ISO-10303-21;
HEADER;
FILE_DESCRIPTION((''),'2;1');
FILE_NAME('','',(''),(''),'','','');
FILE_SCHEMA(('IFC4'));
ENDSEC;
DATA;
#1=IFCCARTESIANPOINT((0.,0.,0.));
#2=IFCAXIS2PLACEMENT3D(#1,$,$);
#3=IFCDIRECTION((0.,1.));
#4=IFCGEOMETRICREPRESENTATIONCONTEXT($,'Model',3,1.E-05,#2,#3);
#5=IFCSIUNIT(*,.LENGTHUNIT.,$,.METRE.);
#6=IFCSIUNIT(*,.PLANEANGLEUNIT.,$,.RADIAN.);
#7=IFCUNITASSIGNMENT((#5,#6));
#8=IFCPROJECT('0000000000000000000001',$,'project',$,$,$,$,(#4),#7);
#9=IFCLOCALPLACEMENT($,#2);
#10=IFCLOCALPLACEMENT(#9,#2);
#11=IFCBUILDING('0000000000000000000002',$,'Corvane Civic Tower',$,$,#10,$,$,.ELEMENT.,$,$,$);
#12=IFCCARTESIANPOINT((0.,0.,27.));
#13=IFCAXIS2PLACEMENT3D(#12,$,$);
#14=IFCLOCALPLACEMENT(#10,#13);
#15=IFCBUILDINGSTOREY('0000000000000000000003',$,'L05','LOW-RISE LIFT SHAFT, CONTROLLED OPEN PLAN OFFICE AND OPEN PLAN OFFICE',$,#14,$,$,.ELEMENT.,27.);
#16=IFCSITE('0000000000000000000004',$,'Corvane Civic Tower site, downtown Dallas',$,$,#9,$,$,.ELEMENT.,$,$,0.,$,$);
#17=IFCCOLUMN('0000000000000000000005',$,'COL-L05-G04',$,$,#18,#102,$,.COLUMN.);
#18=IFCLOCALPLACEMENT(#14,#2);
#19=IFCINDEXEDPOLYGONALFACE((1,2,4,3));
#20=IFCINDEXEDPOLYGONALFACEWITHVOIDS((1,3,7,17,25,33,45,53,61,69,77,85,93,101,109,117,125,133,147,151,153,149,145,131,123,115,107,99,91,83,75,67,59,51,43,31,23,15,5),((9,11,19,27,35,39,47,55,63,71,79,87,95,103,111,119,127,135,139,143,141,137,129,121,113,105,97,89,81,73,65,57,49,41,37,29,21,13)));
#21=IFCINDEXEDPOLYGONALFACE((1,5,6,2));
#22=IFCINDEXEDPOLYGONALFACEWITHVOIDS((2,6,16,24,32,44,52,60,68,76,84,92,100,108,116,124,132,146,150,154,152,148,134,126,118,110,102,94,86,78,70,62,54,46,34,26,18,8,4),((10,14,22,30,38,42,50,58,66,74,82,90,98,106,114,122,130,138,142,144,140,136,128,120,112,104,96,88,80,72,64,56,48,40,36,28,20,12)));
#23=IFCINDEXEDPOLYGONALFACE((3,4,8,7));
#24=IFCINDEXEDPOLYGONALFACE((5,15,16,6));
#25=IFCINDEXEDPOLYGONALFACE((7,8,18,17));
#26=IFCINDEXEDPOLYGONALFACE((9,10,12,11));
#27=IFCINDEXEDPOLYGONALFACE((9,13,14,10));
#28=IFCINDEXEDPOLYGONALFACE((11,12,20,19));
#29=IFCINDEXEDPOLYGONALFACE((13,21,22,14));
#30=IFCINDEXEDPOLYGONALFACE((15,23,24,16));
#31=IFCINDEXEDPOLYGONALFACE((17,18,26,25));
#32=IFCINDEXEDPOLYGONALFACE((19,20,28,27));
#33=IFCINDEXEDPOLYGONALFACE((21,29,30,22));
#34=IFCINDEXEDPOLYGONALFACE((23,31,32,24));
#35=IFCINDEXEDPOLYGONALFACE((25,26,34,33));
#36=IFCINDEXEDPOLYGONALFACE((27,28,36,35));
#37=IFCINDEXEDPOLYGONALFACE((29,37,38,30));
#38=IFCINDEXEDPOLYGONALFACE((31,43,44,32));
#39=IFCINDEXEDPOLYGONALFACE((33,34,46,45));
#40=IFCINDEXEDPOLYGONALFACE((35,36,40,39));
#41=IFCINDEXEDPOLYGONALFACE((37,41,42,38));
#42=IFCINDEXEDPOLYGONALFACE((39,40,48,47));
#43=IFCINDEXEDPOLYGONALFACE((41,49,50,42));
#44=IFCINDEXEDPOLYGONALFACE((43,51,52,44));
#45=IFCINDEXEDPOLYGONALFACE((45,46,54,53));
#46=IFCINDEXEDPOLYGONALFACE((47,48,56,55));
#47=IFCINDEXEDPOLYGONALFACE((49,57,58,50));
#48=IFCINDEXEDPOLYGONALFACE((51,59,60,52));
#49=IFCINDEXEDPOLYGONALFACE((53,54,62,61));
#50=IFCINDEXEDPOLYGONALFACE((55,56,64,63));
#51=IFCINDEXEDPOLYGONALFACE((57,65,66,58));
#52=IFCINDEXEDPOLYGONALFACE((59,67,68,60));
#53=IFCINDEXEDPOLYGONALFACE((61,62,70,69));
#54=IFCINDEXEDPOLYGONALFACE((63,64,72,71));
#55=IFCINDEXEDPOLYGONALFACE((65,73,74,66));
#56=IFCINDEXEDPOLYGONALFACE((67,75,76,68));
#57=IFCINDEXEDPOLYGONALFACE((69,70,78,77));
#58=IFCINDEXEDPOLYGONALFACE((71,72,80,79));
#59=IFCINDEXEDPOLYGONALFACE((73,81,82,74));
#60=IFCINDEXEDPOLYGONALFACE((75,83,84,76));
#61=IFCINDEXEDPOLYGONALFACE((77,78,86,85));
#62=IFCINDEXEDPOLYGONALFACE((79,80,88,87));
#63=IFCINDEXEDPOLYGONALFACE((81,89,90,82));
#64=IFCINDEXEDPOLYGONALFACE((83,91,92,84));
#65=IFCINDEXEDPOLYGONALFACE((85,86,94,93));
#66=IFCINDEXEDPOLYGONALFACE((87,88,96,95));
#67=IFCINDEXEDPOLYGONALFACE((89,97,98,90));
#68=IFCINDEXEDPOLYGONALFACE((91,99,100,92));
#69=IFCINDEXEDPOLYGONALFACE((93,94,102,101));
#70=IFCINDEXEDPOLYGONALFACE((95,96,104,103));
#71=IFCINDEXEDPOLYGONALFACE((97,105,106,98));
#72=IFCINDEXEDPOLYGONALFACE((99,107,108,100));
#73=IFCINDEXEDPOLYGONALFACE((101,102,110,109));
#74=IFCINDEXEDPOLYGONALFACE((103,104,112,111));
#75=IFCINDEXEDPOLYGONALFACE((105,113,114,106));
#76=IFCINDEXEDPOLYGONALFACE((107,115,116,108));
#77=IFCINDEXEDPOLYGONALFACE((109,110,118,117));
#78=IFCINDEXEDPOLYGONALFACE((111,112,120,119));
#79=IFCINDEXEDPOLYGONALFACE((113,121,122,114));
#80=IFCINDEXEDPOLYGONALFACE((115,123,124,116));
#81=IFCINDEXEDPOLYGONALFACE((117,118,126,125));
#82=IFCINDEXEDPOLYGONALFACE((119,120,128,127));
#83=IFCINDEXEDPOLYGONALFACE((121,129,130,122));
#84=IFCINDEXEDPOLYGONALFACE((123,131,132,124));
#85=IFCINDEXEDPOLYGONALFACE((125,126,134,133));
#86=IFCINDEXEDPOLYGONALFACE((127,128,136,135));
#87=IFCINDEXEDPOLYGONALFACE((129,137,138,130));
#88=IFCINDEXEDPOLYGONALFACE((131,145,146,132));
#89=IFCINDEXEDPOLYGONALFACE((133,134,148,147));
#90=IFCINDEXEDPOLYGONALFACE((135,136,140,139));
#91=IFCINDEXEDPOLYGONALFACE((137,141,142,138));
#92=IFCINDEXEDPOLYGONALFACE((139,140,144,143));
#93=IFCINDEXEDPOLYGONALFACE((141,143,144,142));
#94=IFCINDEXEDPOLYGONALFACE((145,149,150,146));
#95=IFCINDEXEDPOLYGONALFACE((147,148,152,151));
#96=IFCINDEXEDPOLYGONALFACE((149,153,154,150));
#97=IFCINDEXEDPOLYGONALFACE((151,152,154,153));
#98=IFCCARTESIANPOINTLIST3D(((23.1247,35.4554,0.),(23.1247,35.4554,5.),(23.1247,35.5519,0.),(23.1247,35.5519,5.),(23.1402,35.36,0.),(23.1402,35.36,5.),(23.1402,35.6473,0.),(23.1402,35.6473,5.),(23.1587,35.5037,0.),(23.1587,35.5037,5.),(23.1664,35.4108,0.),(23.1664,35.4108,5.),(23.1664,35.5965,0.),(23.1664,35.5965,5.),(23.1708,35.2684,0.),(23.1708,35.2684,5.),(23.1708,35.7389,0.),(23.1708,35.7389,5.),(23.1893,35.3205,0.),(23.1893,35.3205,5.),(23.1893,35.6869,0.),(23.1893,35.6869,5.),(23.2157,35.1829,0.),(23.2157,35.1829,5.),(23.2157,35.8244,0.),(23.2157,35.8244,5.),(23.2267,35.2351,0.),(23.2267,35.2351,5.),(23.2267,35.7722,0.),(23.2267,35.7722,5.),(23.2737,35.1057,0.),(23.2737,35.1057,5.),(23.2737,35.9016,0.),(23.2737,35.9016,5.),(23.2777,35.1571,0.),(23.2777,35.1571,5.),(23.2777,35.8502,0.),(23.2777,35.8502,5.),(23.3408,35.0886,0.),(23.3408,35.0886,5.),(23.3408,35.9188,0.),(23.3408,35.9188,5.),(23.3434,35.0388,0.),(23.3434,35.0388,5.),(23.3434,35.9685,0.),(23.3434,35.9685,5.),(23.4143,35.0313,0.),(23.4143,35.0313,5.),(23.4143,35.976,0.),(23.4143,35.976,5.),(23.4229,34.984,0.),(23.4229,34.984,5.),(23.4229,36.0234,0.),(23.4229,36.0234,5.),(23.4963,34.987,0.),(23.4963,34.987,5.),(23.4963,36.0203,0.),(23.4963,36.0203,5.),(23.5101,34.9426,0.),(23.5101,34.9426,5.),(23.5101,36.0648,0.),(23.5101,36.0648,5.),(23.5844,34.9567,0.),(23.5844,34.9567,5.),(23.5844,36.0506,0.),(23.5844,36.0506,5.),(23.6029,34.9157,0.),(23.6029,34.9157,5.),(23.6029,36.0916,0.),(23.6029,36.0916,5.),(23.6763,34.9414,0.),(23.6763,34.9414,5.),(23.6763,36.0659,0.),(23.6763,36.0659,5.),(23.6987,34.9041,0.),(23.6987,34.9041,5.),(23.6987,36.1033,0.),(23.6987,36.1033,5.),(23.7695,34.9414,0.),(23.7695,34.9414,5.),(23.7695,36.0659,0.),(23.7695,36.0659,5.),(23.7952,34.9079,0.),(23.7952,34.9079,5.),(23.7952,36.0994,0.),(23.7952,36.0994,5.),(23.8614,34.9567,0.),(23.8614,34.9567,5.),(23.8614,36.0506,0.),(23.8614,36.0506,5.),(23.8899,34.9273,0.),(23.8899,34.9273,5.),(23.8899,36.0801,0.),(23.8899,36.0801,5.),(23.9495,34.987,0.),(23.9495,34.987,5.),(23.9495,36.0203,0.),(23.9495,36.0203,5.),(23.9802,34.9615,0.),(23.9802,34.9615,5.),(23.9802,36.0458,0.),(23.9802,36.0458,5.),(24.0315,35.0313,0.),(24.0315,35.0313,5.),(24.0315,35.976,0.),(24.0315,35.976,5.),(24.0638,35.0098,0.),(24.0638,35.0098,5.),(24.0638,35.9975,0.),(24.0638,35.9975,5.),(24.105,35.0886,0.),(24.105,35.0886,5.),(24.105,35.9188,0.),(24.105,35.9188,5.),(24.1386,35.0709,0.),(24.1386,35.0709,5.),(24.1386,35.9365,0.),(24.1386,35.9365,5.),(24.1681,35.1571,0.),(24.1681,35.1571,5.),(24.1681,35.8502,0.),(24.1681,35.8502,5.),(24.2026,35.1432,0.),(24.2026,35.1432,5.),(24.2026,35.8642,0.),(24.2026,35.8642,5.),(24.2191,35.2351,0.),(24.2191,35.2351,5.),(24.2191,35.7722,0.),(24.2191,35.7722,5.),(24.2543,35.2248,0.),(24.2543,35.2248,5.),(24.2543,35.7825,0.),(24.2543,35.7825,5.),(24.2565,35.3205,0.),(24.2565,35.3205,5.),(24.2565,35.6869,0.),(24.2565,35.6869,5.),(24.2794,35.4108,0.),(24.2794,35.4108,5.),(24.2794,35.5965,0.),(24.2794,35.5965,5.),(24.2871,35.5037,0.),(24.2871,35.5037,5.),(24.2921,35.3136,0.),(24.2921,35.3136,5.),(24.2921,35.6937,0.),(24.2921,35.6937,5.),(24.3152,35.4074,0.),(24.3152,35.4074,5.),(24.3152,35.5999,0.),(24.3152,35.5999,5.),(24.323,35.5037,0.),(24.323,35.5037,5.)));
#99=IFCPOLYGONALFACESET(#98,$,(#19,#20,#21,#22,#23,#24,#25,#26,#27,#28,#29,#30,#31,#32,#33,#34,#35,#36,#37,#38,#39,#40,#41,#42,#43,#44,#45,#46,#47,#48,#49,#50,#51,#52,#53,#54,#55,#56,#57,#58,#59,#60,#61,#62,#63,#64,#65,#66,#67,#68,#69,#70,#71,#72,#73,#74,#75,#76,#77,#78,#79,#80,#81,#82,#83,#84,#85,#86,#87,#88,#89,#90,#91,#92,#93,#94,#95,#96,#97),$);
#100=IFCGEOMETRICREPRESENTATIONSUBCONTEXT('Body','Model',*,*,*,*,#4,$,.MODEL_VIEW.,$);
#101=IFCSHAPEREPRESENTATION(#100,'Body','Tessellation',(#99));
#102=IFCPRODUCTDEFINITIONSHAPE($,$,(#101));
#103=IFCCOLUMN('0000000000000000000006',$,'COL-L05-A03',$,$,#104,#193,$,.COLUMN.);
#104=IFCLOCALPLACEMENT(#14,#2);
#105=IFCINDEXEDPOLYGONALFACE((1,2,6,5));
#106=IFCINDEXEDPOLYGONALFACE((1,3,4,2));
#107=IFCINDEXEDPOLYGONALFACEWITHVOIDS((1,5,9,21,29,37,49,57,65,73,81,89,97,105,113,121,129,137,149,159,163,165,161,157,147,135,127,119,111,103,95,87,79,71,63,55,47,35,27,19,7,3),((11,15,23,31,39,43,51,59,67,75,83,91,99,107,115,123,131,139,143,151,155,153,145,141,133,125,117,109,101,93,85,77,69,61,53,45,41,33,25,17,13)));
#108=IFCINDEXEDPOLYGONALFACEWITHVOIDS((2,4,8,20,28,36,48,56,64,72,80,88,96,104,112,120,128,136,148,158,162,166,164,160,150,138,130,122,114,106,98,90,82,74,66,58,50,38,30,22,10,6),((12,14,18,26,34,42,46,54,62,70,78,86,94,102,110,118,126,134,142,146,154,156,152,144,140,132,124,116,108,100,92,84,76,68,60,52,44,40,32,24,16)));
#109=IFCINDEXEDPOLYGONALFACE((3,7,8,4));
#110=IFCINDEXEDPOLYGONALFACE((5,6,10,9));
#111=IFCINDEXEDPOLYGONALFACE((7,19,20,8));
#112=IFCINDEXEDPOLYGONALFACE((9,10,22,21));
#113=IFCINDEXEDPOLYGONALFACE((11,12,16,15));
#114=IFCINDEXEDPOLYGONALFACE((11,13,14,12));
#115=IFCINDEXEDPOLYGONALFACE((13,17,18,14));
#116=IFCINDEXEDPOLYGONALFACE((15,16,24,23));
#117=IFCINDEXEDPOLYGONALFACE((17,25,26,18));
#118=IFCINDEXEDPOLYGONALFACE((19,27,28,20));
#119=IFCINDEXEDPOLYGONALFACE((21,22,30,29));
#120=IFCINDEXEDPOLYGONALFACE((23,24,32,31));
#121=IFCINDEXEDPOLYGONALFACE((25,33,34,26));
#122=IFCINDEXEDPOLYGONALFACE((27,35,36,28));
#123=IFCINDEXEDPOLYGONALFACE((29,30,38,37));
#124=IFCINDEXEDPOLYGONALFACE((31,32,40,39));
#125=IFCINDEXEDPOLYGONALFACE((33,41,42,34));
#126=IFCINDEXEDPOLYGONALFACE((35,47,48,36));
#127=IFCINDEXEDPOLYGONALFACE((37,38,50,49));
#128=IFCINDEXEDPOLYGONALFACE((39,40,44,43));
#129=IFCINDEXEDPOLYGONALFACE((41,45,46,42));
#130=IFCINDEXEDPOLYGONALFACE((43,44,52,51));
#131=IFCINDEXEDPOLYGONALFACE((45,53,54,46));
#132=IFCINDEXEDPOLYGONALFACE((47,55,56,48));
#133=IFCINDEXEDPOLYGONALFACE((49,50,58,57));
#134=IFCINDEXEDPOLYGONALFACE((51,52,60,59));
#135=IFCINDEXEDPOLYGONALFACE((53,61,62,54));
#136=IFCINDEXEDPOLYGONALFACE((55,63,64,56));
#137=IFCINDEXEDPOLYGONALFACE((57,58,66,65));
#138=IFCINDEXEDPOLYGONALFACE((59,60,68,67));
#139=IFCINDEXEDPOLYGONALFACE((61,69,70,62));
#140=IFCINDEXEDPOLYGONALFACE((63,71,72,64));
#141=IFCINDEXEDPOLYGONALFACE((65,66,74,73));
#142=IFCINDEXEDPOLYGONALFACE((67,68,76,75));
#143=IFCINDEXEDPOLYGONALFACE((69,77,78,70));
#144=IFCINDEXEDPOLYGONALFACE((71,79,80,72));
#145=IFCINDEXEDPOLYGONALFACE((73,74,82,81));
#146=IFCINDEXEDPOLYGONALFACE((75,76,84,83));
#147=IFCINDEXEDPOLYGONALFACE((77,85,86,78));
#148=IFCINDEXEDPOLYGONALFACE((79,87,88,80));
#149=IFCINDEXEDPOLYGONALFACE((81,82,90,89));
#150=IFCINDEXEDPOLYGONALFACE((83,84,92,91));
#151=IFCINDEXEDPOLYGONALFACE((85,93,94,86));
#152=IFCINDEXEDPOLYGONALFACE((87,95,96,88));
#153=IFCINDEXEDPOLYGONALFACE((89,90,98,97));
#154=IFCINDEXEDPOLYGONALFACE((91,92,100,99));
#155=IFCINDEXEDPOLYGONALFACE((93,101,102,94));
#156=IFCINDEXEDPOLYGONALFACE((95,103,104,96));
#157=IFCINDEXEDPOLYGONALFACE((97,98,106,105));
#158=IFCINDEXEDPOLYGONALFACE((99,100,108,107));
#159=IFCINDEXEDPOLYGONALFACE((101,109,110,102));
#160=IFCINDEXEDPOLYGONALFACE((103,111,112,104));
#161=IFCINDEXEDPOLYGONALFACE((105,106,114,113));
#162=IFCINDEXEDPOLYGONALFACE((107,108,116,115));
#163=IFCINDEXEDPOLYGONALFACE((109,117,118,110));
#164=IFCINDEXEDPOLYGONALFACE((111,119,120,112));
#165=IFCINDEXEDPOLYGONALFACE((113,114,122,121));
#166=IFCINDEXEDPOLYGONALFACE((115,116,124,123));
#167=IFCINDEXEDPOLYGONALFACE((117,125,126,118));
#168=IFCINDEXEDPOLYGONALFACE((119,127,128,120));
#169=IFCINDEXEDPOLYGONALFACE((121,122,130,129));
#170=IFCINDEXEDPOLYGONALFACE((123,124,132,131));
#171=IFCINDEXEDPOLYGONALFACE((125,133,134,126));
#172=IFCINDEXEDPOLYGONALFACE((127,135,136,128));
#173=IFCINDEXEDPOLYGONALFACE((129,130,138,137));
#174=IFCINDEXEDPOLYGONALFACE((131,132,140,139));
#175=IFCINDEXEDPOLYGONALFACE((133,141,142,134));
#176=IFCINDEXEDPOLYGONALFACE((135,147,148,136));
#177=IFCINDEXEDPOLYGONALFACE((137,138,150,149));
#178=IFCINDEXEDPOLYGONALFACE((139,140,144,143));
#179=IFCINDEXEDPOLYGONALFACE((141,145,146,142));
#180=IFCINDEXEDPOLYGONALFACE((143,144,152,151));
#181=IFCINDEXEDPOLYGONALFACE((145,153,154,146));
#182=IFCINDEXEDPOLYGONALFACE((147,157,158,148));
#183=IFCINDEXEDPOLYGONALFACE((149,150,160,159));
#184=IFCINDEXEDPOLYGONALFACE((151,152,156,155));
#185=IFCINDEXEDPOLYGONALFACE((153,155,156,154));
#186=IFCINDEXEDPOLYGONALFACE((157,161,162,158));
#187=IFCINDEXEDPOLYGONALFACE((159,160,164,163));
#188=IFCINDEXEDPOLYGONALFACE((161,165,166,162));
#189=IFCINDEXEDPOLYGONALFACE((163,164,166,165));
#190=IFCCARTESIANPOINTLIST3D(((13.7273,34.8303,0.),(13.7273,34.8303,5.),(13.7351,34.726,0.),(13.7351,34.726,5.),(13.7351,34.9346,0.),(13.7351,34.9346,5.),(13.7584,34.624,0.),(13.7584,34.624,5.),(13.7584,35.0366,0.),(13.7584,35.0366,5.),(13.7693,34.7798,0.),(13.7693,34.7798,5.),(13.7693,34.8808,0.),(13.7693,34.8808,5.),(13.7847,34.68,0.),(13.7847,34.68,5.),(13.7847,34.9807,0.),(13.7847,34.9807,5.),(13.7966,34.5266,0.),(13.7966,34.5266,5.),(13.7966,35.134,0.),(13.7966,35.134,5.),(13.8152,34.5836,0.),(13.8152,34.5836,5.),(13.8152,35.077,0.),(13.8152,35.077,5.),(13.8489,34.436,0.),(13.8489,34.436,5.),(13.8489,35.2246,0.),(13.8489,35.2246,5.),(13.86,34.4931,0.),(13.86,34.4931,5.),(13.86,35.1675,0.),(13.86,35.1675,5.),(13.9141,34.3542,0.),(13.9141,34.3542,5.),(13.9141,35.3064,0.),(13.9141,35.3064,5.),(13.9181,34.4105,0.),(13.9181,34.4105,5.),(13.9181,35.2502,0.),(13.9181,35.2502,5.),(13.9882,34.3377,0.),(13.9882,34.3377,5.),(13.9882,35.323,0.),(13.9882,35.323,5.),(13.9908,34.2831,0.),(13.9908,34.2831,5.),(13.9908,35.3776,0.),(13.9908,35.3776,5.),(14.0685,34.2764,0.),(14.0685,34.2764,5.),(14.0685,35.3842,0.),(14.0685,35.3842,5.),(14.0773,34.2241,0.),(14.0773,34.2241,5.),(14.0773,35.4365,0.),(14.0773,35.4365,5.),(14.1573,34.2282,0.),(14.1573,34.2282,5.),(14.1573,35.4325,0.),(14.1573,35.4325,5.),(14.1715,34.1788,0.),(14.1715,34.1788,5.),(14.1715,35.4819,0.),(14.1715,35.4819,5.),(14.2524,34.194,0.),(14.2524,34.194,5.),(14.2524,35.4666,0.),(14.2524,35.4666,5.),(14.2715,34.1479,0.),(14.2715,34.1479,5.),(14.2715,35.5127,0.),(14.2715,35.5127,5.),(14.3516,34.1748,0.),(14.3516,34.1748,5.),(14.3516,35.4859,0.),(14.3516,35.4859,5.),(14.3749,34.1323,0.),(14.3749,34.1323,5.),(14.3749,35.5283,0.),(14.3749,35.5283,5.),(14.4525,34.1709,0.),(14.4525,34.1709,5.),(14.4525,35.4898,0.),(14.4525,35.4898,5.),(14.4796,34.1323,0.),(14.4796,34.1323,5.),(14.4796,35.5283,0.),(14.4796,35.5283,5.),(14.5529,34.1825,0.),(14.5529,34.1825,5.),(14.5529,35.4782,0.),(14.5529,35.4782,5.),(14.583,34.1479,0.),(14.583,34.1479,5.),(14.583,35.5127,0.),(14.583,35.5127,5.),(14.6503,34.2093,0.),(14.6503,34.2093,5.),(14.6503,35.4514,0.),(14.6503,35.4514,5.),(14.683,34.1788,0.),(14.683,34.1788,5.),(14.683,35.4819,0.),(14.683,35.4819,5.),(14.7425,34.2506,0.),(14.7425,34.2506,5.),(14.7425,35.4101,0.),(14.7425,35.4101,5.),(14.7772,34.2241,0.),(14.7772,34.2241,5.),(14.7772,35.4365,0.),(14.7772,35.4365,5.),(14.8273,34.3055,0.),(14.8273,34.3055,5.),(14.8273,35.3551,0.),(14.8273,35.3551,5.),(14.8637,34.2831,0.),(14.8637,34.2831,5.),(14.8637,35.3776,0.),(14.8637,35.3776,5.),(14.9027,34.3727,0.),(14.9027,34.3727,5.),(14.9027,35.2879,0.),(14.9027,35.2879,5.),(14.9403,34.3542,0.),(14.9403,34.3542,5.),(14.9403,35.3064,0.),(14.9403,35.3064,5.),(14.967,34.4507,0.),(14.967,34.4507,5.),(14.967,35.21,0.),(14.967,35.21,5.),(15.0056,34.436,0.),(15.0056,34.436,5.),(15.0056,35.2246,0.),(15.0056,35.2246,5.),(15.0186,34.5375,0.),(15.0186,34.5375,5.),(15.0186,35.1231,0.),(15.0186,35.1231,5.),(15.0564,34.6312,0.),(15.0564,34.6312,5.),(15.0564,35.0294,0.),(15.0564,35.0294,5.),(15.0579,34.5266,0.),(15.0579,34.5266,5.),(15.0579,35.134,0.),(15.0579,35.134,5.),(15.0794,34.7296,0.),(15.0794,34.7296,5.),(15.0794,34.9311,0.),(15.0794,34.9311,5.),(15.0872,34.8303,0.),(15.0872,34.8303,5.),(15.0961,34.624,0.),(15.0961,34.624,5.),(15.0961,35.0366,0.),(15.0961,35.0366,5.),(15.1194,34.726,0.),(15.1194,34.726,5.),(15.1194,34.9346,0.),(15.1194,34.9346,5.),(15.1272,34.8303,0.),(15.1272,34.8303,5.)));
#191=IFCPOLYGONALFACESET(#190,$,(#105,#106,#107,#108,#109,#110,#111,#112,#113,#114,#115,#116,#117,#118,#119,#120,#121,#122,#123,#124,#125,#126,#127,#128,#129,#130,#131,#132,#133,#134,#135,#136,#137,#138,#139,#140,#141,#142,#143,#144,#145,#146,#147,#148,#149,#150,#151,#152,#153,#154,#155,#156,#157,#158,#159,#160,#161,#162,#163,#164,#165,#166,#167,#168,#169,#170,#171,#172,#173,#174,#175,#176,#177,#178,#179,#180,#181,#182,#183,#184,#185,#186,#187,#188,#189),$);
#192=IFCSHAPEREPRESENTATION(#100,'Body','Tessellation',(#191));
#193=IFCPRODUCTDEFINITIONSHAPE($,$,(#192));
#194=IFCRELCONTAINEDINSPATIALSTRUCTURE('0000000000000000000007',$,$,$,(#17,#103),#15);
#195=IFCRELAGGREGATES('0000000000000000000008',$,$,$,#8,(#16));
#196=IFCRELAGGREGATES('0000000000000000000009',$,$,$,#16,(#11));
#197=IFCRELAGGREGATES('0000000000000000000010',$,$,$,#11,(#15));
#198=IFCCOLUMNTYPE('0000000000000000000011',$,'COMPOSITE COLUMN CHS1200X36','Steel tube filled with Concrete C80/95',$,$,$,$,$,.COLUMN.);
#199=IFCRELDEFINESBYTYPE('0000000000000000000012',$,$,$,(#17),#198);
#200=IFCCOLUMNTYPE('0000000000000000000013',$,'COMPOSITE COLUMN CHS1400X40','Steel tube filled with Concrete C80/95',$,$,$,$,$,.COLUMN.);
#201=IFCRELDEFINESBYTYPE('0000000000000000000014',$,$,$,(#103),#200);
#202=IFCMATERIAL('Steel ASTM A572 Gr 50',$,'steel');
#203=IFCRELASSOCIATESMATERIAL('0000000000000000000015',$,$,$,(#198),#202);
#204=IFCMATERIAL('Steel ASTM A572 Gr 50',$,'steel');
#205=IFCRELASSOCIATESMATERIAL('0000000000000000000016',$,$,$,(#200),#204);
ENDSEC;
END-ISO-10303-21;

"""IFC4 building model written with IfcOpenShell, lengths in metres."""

from ifc_helpers import new_model, si_unit, direction, frame, origin, origin_2d, place, context, subcontext, project, spatial, hollow_circle, extrude, material, material_profile, profile_set, type_object, element, save


model = new_model("IFC4")

# Units and contexts
model_context = context("Model", 3, precision=1e-05, world=origin(), true_north=direction((0.0, 1.0)))
body_context = subcontext(model_context, "Body", "Model", "MODEL_VIEW")
ifc_project = project(units=[si_unit("LENGTHUNIT", "METRE"), si_unit("PLANEANGLEUNIT", "RADIAN")], contexts=[model_context])

# Site, building, storey
site_placement = place(None, origin())
site = spatial("IfcSite", under=ifc_project, at=site_placement, Name="Corvane Civic Tower site, downtown Dallas", CompositionType="ELEMENT", RefElevation=0.0)
building_placement = place(site_placement, origin())
building = spatial("IfcBuilding", under=site, at=building_placement, Name="Corvane Civic Tower", CompositionType="ELEMENT")
storey_placement = place(building_placement, frame((0.0, 0.0, 27.0)))
storey = spatial("IfcBuildingStorey", under=building, at=storey_placement, Name="L05", Description="LOW-RISE LIFT SHAFT, CONTROLLED OPEN PLAN OFFICE AND OPEN PLAN OFFICE", CompositionType="ELEMENT", Elevation=27.0)

# Columns
ifc_material_1 = material(Name="Steel ASTM A572 Gr 50", Category="steel")
ifc_material_profile_1 = material_profile(ifc_material_1, hollow_circle(Radius=0.6001, WallThickness=0.0359, at=origin_2d()), Name="CHS1200X36")
ifc_profile_set_1 = profile_set([ifc_material_profile_1], Name="Steel ASTM A572 Gr 50")
column_type_1 = type_object("IfcColumnType", Name="COMPOSITE COLUMN CHS1200X36", Description="Steel tube filled with Concrete C80/95", PredefinedType="COLUMN", material=ifc_profile_set_1)
column_placement = place(storey_placement, frame((23.7229, 35.5037, 0.0), z_axis=(0.0, 0.0, 1.0), x_axis=(1.0, 0.0, 0.0)))
element("IfcColumn", 1, at=column_placement, inside=storey, type_object=column_type_1, Name="COL-L05-G04", PredefinedType="COLUMN", context=body_context, shape_type="SweptSolid", body=[
    extrude(hollow_circle(Radius=0.6001, WallThickness=0.0359, at=origin_2d()), origin(), (0.0, 0.0, 1.0), 5.0),
])
ifc_material_2 = material(Name="Steel ASTM A572 Gr 50", Category="steel")
ifc_material_profile_2 = material_profile(ifc_material_2, hollow_circle(Radius=0.7, WallThickness=0.04, at=origin_2d()), Name="CHS1400X40")
ifc_profile_set_2 = profile_set([ifc_material_profile_2], Name="Steel ASTM A572 Gr 50")
column_type_2 = type_object("IfcColumnType", Name="COMPOSITE COLUMN CHS1400X40", Description="Steel tube filled with Concrete C80/95", PredefinedType="COLUMN", material=ifc_profile_set_2)
for number, where, z_axis, x_axis, name in (
    (2, (14.4272, 34.8303, 0.0), (0.0, 0.0, 1.0), (1.0, 0.0, 0.0), "COL-L05-A03"),
):
    element("IfcColumn", number, at=place(storey_placement, frame(where, z_axis=z_axis, x_axis=x_axis)), inside=storey, type_object=column_type_2, Name=name, PredefinedType="COLUMN", context=body_context, shape_type="SweptSolid", body=[
        extrude(hollow_circle(Radius=0.7, WallThickness=0.04, at=origin_2d()), origin(), (0.0, 0.0, 1.0), 5.0),
    ])

save(model, "model.ifc")
